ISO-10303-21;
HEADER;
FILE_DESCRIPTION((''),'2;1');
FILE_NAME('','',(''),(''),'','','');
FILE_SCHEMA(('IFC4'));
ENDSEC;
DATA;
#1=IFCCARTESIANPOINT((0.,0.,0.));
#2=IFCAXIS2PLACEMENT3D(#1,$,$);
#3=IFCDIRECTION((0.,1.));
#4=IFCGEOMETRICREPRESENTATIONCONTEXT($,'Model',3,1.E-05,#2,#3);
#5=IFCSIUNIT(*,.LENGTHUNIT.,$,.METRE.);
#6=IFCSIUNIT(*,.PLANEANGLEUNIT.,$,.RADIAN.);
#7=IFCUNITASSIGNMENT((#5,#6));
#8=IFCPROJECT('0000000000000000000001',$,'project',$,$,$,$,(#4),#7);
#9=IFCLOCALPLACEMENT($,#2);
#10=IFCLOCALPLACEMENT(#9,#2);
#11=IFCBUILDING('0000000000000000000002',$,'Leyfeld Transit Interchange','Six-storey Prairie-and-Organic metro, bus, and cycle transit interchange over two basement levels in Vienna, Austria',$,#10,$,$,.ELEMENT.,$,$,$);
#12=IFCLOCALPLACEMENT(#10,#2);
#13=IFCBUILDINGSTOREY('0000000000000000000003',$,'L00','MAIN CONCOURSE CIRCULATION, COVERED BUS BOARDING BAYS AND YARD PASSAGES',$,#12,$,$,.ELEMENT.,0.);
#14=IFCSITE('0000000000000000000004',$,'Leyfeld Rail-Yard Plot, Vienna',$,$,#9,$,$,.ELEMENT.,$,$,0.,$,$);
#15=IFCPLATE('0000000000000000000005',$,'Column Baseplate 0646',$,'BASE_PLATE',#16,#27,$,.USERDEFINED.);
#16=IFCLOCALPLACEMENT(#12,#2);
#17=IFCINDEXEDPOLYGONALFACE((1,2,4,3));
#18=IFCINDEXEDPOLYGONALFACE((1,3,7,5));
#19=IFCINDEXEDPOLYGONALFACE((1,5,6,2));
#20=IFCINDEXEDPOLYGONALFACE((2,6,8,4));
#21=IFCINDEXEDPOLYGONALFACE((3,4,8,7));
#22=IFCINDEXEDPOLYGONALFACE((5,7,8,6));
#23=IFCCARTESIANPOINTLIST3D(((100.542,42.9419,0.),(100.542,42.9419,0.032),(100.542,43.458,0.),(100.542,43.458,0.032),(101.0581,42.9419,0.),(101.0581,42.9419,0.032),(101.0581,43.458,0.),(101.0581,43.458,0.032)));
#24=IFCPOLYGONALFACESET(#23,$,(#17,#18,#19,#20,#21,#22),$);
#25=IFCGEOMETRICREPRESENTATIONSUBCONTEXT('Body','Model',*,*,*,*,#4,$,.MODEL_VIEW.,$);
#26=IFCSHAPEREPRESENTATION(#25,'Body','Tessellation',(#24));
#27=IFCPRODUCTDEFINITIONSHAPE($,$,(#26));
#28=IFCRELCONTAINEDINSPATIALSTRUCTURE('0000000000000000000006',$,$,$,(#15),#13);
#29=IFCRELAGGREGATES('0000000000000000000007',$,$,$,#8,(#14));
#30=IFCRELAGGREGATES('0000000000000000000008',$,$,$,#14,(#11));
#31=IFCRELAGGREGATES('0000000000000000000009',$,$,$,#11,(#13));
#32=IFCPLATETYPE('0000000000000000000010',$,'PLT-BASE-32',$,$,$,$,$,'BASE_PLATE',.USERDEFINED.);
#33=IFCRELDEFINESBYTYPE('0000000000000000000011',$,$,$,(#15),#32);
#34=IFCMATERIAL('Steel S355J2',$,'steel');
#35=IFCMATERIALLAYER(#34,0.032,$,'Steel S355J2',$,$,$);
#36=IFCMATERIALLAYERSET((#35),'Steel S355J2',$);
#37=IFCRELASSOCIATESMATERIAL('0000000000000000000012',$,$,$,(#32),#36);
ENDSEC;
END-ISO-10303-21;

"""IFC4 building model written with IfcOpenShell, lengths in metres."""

from ifc_helpers import new_model, si_unit, direction, frame, origin, origin_2d, place, context, subcontext, project, spatial, rectangle, extrude, material, layer, layer_set, type_object, element, save


model = new_model("IFC4")

# Units and contexts
model_context = context("Model", 3, precision=1e-05, world=origin(), true_north=direction((0.0, 1.0)))
body_context = subcontext(model_context, "Body", "Model", "MODEL_VIEW")
ifc_project = project(units=[si_unit("LENGTHUNIT", "METRE"), si_unit("PLANEANGLEUNIT", "RADIAN")], contexts=[model_context])

# Site, building, storey
site_placement = place(None, origin())
site = spatial("IfcSite", under=ifc_project, at=site_placement, Name="Leyfeld Rail-Yard Plot, Vienna", CompositionType="ELEMENT", RefElevation=0.0)
building_placement = place(site_placement, origin())
building = spatial("IfcBuilding", under=site, at=building_placement, Name="Leyfeld Transit Interchange", Description="Six-storey Prairie-and-Organic metro, bus, and cycle transit interchange over two basement levels in Vienna, Austria", CompositionType="ELEMENT")
storey_placement = place(building_placement, origin())
storey = spatial("IfcBuildingStorey", under=building, at=storey_placement, Name="L00", Description="MAIN CONCOURSE CIRCULATION, COVERED BUS BOARDING BAYS AND YARD PASSAGES", CompositionType="ELEMENT", Elevation=0.0)

# Shared definitions
ifc_material_1 = material(Name="Steel S355J2", Category="steel")

# Plate
ifc_layer_1 = layer(ifc_material_1, 0.032, Name="Steel S355J2")
ifc_layer_set_1 = layer_set([ifc_layer_1], Name="Steel S355J2")
plate_type_1 = type_object("IfcPlateType", Name="PLT-BASE-32", ElementType="BASE_PLATE", PredefinedType="USERDEFINED", material=ifc_layer_set_1)
plate_1_placement = place(storey_placement, frame((100.8, 43.2, 0.0), z_axis=(0.0, 0.0, 1.0), x_axis=(1.0, 0.0, 0.0)))
element("IfcPlate", 1, at=plate_1_placement, inside=storey, type_object=plate_type_1, Name="Column Baseplate 0646", ObjectType="BASE_PLATE", PredefinedType="USERDEFINED", context=body_context, shape_type="SweptSolid", body=[
    extrude(rectangle(XDim=0.5161, YDim=0.5161, at=origin_2d()), origin(), (0.0, 0.0, 1.0), 0.032),
])

save(model, "model.ifc")
